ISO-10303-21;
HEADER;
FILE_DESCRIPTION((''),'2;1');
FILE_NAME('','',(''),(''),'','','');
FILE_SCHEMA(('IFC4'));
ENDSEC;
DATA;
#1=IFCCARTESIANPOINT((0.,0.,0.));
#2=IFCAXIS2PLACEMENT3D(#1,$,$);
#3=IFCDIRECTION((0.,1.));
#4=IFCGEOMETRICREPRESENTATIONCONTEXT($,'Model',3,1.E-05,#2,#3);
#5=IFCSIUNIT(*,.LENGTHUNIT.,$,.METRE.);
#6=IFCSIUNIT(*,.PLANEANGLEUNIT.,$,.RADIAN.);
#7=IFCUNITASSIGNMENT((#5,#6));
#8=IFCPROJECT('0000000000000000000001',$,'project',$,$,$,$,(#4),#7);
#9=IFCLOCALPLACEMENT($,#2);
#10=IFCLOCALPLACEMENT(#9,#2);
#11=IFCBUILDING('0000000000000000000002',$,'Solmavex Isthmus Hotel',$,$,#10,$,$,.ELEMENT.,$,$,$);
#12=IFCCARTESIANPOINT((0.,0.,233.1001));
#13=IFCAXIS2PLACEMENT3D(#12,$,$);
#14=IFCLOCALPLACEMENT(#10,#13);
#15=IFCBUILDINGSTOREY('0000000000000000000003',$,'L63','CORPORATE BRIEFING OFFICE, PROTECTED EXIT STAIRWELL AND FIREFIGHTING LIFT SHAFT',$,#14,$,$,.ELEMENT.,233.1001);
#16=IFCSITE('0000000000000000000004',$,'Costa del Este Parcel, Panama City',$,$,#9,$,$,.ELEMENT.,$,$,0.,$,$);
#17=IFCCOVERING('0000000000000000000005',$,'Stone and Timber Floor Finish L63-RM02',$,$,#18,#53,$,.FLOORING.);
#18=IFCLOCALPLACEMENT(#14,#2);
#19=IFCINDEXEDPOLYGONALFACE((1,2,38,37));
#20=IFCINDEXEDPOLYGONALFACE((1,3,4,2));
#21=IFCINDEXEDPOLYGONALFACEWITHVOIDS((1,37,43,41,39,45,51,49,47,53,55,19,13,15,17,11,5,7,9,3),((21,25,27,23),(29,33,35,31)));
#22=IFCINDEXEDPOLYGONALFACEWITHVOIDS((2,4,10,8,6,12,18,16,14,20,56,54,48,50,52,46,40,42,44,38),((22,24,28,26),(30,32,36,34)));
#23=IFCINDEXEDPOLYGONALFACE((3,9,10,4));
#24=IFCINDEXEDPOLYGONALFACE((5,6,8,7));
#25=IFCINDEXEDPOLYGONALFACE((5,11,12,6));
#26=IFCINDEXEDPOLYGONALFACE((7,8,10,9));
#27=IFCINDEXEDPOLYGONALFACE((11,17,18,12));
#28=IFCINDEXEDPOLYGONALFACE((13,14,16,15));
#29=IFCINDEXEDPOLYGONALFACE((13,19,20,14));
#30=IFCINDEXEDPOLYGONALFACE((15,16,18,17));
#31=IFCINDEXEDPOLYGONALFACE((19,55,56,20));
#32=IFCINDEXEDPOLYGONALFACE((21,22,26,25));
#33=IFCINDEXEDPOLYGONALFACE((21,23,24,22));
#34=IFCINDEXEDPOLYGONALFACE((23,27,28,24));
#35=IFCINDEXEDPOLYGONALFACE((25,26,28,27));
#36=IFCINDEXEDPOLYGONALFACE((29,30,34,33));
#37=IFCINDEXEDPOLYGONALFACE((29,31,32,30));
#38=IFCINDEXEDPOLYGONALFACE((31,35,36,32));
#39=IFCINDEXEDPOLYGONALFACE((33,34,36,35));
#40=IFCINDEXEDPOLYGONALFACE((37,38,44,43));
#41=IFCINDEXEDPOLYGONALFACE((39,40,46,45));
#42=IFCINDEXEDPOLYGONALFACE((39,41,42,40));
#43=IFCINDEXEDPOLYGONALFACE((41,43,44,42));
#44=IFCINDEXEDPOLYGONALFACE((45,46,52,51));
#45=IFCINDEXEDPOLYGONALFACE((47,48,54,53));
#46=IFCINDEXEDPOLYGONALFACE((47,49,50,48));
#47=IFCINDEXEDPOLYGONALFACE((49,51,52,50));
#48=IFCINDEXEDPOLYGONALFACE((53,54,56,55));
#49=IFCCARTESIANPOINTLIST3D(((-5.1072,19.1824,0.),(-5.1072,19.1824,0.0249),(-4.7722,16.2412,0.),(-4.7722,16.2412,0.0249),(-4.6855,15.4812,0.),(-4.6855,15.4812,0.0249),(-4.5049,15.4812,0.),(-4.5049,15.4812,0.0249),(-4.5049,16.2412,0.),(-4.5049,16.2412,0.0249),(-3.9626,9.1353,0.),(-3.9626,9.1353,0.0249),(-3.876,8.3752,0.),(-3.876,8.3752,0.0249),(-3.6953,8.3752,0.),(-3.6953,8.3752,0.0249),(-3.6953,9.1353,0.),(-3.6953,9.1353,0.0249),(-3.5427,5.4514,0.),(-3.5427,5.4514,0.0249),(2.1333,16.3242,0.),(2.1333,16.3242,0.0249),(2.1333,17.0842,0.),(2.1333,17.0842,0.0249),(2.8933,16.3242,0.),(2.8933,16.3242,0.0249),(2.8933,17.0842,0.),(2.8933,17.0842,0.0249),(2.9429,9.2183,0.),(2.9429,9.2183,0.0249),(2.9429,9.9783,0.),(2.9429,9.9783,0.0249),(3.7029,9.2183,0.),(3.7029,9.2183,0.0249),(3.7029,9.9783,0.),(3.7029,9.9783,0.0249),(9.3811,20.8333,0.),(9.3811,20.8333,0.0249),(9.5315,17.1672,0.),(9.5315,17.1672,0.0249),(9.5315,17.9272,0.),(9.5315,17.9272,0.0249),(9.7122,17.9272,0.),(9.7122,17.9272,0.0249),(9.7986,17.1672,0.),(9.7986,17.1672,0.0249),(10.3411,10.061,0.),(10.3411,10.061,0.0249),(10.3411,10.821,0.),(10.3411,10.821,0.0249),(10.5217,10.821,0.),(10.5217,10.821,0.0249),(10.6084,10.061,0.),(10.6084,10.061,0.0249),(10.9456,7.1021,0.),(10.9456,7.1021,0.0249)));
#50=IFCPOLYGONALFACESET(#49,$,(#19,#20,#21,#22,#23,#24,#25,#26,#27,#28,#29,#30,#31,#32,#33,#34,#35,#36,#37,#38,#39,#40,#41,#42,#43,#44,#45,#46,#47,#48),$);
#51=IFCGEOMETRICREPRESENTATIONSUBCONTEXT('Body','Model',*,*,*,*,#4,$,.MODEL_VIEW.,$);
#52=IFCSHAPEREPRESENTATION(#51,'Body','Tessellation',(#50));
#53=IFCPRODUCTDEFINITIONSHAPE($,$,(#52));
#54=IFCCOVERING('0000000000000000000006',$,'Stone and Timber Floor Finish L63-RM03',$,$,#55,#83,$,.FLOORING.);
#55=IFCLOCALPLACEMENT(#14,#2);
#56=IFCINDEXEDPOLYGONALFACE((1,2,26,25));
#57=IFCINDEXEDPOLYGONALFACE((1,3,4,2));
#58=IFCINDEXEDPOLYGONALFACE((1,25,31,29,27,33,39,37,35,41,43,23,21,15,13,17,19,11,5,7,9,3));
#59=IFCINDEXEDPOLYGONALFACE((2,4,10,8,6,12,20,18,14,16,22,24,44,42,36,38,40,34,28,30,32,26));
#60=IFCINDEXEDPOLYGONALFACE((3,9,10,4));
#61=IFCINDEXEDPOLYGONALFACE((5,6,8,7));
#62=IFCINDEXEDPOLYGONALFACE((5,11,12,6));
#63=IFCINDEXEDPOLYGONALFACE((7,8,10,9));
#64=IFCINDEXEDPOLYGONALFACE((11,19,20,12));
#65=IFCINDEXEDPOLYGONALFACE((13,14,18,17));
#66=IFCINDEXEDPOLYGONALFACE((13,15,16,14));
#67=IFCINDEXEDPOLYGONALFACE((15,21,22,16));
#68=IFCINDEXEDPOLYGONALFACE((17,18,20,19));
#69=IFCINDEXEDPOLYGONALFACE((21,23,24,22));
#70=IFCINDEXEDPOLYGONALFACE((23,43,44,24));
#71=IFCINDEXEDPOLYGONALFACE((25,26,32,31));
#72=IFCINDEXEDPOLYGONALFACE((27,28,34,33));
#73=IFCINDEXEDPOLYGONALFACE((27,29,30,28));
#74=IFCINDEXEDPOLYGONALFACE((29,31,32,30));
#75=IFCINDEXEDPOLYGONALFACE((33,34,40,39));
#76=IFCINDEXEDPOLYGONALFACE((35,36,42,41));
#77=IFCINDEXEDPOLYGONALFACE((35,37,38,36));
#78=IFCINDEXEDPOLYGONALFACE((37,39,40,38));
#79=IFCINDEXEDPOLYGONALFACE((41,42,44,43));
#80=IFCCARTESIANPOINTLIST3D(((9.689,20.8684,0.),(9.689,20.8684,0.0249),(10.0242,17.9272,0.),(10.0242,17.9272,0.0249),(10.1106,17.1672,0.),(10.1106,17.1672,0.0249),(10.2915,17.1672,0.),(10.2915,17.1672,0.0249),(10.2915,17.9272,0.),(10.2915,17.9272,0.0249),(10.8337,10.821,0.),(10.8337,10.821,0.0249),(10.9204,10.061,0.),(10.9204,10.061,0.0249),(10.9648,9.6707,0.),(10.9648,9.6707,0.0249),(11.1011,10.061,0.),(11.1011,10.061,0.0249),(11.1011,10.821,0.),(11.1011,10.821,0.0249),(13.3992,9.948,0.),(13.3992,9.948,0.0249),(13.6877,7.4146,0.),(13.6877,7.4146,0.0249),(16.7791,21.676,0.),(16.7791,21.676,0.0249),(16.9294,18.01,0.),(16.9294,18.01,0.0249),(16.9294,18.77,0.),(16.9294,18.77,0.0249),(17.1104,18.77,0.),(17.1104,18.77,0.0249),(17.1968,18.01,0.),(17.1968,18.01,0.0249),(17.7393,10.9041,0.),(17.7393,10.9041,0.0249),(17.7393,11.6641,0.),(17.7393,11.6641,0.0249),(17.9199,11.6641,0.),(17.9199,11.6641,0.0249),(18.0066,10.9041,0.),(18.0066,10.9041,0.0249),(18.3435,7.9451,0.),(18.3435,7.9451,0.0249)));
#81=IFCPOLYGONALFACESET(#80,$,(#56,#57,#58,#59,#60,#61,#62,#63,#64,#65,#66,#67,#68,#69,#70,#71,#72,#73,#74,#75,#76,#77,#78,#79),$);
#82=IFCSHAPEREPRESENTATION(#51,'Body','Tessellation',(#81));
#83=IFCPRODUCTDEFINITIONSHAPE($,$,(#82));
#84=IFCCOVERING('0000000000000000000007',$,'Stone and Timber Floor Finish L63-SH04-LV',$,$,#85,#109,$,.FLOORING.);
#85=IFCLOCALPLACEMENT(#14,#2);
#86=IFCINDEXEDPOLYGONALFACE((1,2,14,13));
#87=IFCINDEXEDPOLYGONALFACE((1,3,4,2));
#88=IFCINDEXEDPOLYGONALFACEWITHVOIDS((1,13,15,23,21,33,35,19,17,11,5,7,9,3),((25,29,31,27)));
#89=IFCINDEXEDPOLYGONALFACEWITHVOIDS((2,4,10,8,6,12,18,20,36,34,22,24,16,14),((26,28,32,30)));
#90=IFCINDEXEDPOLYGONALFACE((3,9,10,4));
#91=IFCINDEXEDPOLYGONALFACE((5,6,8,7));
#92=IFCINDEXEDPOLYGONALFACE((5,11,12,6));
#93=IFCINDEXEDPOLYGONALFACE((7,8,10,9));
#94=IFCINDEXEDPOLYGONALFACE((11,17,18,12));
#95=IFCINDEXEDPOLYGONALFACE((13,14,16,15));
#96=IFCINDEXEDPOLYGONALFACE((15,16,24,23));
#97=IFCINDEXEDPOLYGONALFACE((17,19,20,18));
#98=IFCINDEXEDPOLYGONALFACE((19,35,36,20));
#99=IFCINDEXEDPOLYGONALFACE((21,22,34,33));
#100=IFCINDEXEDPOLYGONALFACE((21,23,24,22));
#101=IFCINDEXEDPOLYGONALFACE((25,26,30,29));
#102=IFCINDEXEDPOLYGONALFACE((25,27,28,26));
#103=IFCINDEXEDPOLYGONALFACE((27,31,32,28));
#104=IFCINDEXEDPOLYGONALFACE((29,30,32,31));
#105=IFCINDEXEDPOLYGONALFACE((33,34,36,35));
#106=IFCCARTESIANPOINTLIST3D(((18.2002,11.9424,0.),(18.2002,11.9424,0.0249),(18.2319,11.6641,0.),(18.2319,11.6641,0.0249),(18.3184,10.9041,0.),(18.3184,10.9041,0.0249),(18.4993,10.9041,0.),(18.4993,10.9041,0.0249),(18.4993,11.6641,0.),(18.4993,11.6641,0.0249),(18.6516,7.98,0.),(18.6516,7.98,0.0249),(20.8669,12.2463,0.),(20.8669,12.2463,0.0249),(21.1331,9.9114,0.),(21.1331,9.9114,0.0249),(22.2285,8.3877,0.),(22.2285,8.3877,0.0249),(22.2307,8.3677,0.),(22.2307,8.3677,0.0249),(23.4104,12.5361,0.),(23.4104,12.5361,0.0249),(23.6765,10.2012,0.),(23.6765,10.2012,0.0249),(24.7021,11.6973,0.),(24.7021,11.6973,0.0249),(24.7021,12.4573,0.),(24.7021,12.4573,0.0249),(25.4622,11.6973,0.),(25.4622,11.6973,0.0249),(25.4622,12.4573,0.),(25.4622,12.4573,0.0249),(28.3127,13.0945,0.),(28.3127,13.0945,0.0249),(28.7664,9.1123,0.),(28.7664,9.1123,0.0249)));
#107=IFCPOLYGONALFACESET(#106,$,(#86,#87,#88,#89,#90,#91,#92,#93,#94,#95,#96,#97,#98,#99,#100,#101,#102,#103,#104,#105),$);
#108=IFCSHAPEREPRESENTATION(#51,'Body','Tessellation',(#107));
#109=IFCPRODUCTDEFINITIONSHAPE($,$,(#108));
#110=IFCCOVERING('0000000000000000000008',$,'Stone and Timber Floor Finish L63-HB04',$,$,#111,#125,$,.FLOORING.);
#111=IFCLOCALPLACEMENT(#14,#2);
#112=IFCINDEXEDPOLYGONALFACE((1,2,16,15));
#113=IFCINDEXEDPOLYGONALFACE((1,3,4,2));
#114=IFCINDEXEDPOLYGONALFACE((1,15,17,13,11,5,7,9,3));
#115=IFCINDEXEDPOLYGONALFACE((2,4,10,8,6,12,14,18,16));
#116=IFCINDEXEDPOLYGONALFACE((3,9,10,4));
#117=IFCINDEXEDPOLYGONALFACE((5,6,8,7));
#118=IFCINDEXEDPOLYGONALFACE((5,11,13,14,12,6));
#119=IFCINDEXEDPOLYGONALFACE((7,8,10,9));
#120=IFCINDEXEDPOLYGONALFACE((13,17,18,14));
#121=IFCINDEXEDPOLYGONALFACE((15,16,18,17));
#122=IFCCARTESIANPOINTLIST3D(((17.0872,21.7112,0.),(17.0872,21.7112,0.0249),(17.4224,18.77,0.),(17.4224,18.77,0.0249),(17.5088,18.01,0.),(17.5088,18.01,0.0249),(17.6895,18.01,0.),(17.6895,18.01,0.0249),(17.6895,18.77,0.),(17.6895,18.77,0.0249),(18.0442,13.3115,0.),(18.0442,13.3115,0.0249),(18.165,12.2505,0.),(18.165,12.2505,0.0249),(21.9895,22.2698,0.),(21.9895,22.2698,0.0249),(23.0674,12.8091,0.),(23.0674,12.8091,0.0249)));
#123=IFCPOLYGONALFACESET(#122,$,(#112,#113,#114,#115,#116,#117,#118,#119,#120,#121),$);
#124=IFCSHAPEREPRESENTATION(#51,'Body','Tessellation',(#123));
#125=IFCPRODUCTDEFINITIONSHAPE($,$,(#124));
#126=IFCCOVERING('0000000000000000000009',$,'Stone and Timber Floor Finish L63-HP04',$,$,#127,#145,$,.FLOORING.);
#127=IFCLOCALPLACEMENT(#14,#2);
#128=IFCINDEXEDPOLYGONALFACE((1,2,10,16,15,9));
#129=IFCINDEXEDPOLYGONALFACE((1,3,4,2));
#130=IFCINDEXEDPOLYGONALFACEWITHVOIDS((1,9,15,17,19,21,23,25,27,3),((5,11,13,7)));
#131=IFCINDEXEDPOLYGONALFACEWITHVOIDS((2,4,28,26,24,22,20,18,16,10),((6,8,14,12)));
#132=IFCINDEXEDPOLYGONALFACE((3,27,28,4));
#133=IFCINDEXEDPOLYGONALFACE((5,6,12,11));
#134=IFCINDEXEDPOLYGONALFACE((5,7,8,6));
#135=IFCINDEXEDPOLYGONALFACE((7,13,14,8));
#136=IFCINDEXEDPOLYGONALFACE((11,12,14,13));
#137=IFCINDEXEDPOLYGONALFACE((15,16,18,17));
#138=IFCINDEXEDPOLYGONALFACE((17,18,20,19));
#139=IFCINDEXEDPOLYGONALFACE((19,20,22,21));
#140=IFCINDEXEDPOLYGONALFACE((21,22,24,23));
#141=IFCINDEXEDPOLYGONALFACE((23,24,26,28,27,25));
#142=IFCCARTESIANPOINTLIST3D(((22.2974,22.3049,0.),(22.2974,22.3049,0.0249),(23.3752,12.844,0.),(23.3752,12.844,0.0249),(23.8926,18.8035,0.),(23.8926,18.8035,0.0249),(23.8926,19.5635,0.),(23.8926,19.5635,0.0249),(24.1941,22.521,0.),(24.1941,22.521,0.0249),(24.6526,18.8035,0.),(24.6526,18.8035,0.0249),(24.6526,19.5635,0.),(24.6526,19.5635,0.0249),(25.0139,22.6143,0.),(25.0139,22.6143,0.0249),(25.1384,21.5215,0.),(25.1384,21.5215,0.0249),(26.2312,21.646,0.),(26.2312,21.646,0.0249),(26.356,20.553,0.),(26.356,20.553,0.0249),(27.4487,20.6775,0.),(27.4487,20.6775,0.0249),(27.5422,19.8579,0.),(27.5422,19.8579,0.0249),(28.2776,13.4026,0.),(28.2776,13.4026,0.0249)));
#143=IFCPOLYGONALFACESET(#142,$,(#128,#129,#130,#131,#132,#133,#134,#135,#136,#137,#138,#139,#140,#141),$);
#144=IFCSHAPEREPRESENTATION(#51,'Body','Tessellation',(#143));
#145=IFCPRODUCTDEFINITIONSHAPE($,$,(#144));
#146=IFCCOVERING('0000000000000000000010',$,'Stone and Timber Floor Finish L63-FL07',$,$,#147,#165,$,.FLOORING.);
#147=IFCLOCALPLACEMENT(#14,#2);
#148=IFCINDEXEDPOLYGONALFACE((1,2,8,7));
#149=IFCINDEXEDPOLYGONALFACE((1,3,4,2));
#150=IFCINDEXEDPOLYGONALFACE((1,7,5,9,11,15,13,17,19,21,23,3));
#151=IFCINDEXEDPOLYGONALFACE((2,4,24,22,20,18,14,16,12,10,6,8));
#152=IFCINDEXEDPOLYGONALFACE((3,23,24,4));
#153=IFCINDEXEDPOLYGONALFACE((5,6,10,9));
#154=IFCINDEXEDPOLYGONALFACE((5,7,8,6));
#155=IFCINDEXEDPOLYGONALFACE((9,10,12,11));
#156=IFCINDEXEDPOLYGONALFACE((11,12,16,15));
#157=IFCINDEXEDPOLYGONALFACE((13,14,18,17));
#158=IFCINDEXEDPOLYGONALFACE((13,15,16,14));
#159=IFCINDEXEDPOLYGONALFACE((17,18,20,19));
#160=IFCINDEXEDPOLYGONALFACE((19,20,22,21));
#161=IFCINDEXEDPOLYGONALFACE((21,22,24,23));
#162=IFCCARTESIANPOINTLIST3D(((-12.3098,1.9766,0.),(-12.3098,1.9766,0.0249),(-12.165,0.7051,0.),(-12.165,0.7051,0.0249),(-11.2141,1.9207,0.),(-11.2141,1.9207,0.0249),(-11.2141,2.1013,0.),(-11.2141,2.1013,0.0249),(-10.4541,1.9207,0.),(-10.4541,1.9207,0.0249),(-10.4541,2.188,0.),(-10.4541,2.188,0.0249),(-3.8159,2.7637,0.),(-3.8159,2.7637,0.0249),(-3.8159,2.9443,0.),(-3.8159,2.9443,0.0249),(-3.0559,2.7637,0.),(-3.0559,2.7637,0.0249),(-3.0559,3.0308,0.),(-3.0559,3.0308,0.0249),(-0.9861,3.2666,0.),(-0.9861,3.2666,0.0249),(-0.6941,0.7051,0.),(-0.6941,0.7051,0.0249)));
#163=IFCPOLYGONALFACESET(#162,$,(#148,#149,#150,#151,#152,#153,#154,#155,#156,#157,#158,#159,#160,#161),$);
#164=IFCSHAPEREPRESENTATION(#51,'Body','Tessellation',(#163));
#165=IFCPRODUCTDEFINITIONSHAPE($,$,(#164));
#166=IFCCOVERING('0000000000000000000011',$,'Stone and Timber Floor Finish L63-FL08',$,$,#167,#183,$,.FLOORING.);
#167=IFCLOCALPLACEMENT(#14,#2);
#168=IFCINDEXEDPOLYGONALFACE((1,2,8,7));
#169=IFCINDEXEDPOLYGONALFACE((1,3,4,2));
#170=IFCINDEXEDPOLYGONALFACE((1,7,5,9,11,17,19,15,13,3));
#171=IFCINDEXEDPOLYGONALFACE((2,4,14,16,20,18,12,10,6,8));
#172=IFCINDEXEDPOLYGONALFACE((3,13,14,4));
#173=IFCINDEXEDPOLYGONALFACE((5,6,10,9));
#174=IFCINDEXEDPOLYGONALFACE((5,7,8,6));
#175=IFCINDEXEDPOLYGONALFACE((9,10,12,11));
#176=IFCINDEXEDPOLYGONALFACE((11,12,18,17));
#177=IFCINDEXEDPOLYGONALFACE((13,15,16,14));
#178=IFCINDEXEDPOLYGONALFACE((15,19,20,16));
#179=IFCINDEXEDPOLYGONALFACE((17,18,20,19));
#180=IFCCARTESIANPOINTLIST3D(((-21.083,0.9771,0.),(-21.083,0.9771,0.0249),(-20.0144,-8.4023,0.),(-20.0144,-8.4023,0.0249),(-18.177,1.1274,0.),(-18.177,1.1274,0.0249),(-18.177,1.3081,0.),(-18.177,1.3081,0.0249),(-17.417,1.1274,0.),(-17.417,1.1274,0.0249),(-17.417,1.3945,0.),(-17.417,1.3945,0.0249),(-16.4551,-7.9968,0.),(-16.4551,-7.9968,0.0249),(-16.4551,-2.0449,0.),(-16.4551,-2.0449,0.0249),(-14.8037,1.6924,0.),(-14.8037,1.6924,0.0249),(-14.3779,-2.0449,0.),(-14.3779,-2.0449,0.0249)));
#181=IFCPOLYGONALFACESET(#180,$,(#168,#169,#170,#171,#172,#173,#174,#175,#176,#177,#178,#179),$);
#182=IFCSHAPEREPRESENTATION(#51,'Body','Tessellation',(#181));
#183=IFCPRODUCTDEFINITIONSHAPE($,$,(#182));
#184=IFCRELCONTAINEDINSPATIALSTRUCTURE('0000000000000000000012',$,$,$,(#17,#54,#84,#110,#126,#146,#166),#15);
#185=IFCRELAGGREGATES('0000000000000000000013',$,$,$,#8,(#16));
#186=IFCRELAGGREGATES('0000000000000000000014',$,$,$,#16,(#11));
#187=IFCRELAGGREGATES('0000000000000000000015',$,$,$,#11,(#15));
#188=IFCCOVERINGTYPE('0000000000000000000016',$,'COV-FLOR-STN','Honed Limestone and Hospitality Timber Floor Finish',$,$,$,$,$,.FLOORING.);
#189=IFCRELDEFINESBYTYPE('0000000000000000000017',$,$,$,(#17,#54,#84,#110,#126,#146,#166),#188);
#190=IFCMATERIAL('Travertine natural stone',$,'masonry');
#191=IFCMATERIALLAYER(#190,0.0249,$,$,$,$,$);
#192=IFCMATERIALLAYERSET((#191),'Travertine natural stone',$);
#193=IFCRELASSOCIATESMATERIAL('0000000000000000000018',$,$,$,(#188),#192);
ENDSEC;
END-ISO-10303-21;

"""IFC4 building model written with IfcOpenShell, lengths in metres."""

from ifc_helpers import new_model, si_unit, direction, frame, origin, place, context, subcontext, project, spatial, polyline, outline, extrude, material, layer, layer_set, type_object, element, save


model = new_model("IFC4")

# Units and contexts
model_context = context("Model", 3, precision=1e-05, world=origin(), true_north=direction((0.0, 1.0)))
body_context = subcontext(model_context, "Body", "Model", "MODEL_VIEW")
ifc_project = project(units=[si_unit("LENGTHUNIT", "METRE"), si_unit("PLANEANGLEUNIT", "RADIAN")], contexts=[model_context])

# Site, building, storey
site_placement = place(None, origin())
site = spatial("IfcSite", under=ifc_project, at=site_placement, Name="Costa del Este Parcel, Panama City", CompositionType="ELEMENT", RefElevation=0.0)
building_placement = place(site_placement, origin())
building = spatial("IfcBuilding", under=site, at=building_placement, Name="Solmavex Isthmus Hotel", CompositionType="ELEMENT")
storey_placement = place(building_placement, frame((0.0, 0.0, 233.1001)))
storey = spatial("IfcBuildingStorey", under=building, at=storey_placement, Name="L63", Description="CORPORATE BRIEFING OFFICE, PROTECTED EXIT STAIRWELL AND FIREFIGHTING LIFT SHAFT", CompositionType="ELEMENT", Elevation=233.1001)

# Coverings
ifc_material_1 = material(Name="Travertine natural stone", Category="masonry")
ifc_layer_1 = layer(ifc_material_1, 0.0249)
ifc_layer_set_1 = layer_set([ifc_layer_1], Name="Travertine natural stone")
covering_type_1 = type_object("IfcCoveringType", Name="COV-FLOR-STN", Description="Honed Limestone and Hospitality Timber Floor Finish", PredefinedType="FLOORING", material=ifc_layer_set_1)
covering_1_placement = place(storey_placement, origin())
element("IfcCovering", 1, at=covering_1_placement, inside=storey, type_object=covering_type_1, Name="Stone and Timber Floor Finish L63-RM02", PredefinedType="FLOORING", context=body_context, shape_type="SweptSolid", body=[
    extrude(outline(polyline([(-3.9626, 9.1353), (-3.6953, 9.1353), (-3.6953, 8.3752), (-3.876, 8.3752), (-3.5427, 5.4514), (10.9456, 7.1021), (10.6084, 10.061), (10.3411, 10.061), (10.3411, 10.821), (10.5217, 10.821), (9.7986, 17.1672), (9.5315, 17.1672), (9.5315, 17.9272), (9.7122, 17.9272), (9.3811, 20.8333), (-5.1072, 19.1824), (-4.7722, 16.2412), (-4.5049, 16.2412), (-4.5049, 15.4812), (-4.6855, 15.4812), (-3.9626, 9.1353)]), holes=[polyline([(2.9429, 9.2183), (2.9429, 9.9783), (3.7029, 9.9783), (3.7029, 9.2183), (2.9429, 9.2183)]), polyline([(2.1333, 16.3242), (2.1333, 17.0842), (2.8933, 17.0842), (2.8933, 16.3242), (2.1333, 16.3242)])]), origin(), (0.0, 0.0, 1.0), 0.0249),
])
covering_2_placement = place(storey_placement, origin())
element("IfcCovering", 2, at=covering_2_placement, inside=storey, type_object=covering_type_1, Name="Stone and Timber Floor Finish L63-RM03", PredefinedType="FLOORING", context=body_context, shape_type="SweptSolid", body=[
    extrude(outline(polyline([(10.8337, 10.821), (11.1011, 10.821), (11.1011, 10.061), (10.9204, 10.061), (10.9648, 9.6707), (13.3992, 9.948), (13.6877, 7.4146), (18.3435, 7.9451), (18.0066, 10.9041), (17.7393, 10.9041), (17.7393, 11.6641), (17.9199, 11.6641), (17.1968, 18.01), (16.9294, 18.01), (16.9294, 18.77), (17.1104, 18.77), (16.7791, 21.676), (9.689, 20.8684), (10.0242, 17.9272), (10.2915, 17.9272), (10.2915, 17.1672), (10.1106, 17.1672), (10.8337, 10.821)])), origin(), (0.0, 0.0, 1.0), 0.0249),
])
covering_3_placement = place(storey_placement, origin())
element("IfcCovering", 3, at=covering_3_placement, inside=storey, type_object=covering_type_1, Name="Stone and Timber Floor Finish L63-SH04-LV", PredefinedType="FLOORING", context=body_context, shape_type="SweptSolid", body=[
    extrude(outline(polyline([(18.2319, 11.6641), (18.4993, 11.6641), (18.4993, 10.9041), (18.3184, 10.9041), (18.6516, 7.98), (22.2285, 8.3877), (22.2307, 8.3677), (28.7664, 9.1123), (28.3127, 13.0945), (23.4104, 12.5361), (23.6765, 10.2012), (21.1331, 9.9114), (20.8669, 12.2463), (18.2002, 11.9424), (18.2319, 11.6641)]), holes=[polyline([(24.7021, 11.6973), (24.7021, 12.4573), (25.4622, 12.4573), (25.4622, 11.6973), (24.7021, 11.6973)])]), origin(), (0.0, 0.0, 1.0), 0.0249),
])
covering_4_placement = place(storey_placement, origin())
element("IfcCovering", 4, at=covering_4_placement, inside=storey, type_object=covering_type_1, Name="Stone and Timber Floor Finish L63-HB04", PredefinedType="FLOORING", context=body_context, shape_type="SweptSolid", body=[
    extrude(outline(polyline([(17.4224, 18.77), (17.6895, 18.77), (17.6895, 18.01), (17.5088, 18.01), (18.0442, 13.3115), (18.165, 12.2505), (23.0674, 12.8091), (21.9895, 22.2698), (17.0872, 21.7112), (17.4224, 18.77)])), origin(), (0.0, 0.0, 1.0), 0.0249),
])
covering_5_placement = place(storey_placement, origin())
element("IfcCovering", 5, at=covering_5_placement, inside=storey, type_object=covering_type_1, Name="Stone and Timber Floor Finish L63-HP04", PredefinedType="FLOORING", context=body_context, shape_type="SweptSolid", body=[
    extrude(outline(polyline([(25.0139, 22.6143), (24.1941, 22.521), (22.2974, 22.3049), (23.3752, 12.844), (28.2776, 13.4026), (27.5422, 19.8579), (27.4487, 20.6775), (26.356, 20.553), (26.2312, 21.646), (25.1384, 21.5215), (25.0139, 22.6143)]), holes=[polyline([(23.8926, 19.5635), (24.6526, 19.5635), (24.6526, 18.8035), (23.8926, 18.8035), (23.8926, 19.5635)])]), origin(), (0.0, 0.0, 1.0), 0.0249),
])
covering_6_placement = place(storey_placement, origin())
element("IfcCovering", 6, at=covering_6_placement, inside=storey, type_object=covering_type_1, Name="Stone and Timber Floor Finish L63-FL07", PredefinedType="FLOORING", context=body_context, shape_type="SweptSolid", body=[
    extrude(outline(polyline([(-10.4541, 2.188), (-10.4541, 1.9207), (-11.2141, 1.9207), (-11.2141, 2.1013), (-12.3098, 1.9766), (-12.165, 0.7051), (-0.6941, 0.7051), (-0.9861, 3.2666), (-3.0559, 3.0308), (-3.0559, 2.7637), (-3.8159, 2.7637), (-3.8159, 2.9443), (-10.4541, 2.188)])), origin(), (0.0, 0.0, 1.0), 0.0249),
])
covering_7_placement = place(storey_placement, origin())
element("IfcCovering", 7, at=covering_7_placement, inside=storey, type_object=covering_type_1, Name="Stone and Timber Floor Finish L63-FL08", PredefinedType="FLOORING", context=body_context, shape_type="SweptSolid", body=[
    extrude(outline(polyline([(-17.417, 1.3945), (-17.417, 1.1274), (-18.177, 1.1274), (-18.177, 1.3081), (-21.083, 0.9771), (-20.0144, -8.4023), (-16.4551, -7.9968), (-16.4551, -2.0449), (-14.3779, -2.0449), (-14.8037, 1.6924), (-17.417, 1.3945)])), origin(), (0.0, 0.0, 1.0), 0.0249),
])

save(model, "model.ifc")
